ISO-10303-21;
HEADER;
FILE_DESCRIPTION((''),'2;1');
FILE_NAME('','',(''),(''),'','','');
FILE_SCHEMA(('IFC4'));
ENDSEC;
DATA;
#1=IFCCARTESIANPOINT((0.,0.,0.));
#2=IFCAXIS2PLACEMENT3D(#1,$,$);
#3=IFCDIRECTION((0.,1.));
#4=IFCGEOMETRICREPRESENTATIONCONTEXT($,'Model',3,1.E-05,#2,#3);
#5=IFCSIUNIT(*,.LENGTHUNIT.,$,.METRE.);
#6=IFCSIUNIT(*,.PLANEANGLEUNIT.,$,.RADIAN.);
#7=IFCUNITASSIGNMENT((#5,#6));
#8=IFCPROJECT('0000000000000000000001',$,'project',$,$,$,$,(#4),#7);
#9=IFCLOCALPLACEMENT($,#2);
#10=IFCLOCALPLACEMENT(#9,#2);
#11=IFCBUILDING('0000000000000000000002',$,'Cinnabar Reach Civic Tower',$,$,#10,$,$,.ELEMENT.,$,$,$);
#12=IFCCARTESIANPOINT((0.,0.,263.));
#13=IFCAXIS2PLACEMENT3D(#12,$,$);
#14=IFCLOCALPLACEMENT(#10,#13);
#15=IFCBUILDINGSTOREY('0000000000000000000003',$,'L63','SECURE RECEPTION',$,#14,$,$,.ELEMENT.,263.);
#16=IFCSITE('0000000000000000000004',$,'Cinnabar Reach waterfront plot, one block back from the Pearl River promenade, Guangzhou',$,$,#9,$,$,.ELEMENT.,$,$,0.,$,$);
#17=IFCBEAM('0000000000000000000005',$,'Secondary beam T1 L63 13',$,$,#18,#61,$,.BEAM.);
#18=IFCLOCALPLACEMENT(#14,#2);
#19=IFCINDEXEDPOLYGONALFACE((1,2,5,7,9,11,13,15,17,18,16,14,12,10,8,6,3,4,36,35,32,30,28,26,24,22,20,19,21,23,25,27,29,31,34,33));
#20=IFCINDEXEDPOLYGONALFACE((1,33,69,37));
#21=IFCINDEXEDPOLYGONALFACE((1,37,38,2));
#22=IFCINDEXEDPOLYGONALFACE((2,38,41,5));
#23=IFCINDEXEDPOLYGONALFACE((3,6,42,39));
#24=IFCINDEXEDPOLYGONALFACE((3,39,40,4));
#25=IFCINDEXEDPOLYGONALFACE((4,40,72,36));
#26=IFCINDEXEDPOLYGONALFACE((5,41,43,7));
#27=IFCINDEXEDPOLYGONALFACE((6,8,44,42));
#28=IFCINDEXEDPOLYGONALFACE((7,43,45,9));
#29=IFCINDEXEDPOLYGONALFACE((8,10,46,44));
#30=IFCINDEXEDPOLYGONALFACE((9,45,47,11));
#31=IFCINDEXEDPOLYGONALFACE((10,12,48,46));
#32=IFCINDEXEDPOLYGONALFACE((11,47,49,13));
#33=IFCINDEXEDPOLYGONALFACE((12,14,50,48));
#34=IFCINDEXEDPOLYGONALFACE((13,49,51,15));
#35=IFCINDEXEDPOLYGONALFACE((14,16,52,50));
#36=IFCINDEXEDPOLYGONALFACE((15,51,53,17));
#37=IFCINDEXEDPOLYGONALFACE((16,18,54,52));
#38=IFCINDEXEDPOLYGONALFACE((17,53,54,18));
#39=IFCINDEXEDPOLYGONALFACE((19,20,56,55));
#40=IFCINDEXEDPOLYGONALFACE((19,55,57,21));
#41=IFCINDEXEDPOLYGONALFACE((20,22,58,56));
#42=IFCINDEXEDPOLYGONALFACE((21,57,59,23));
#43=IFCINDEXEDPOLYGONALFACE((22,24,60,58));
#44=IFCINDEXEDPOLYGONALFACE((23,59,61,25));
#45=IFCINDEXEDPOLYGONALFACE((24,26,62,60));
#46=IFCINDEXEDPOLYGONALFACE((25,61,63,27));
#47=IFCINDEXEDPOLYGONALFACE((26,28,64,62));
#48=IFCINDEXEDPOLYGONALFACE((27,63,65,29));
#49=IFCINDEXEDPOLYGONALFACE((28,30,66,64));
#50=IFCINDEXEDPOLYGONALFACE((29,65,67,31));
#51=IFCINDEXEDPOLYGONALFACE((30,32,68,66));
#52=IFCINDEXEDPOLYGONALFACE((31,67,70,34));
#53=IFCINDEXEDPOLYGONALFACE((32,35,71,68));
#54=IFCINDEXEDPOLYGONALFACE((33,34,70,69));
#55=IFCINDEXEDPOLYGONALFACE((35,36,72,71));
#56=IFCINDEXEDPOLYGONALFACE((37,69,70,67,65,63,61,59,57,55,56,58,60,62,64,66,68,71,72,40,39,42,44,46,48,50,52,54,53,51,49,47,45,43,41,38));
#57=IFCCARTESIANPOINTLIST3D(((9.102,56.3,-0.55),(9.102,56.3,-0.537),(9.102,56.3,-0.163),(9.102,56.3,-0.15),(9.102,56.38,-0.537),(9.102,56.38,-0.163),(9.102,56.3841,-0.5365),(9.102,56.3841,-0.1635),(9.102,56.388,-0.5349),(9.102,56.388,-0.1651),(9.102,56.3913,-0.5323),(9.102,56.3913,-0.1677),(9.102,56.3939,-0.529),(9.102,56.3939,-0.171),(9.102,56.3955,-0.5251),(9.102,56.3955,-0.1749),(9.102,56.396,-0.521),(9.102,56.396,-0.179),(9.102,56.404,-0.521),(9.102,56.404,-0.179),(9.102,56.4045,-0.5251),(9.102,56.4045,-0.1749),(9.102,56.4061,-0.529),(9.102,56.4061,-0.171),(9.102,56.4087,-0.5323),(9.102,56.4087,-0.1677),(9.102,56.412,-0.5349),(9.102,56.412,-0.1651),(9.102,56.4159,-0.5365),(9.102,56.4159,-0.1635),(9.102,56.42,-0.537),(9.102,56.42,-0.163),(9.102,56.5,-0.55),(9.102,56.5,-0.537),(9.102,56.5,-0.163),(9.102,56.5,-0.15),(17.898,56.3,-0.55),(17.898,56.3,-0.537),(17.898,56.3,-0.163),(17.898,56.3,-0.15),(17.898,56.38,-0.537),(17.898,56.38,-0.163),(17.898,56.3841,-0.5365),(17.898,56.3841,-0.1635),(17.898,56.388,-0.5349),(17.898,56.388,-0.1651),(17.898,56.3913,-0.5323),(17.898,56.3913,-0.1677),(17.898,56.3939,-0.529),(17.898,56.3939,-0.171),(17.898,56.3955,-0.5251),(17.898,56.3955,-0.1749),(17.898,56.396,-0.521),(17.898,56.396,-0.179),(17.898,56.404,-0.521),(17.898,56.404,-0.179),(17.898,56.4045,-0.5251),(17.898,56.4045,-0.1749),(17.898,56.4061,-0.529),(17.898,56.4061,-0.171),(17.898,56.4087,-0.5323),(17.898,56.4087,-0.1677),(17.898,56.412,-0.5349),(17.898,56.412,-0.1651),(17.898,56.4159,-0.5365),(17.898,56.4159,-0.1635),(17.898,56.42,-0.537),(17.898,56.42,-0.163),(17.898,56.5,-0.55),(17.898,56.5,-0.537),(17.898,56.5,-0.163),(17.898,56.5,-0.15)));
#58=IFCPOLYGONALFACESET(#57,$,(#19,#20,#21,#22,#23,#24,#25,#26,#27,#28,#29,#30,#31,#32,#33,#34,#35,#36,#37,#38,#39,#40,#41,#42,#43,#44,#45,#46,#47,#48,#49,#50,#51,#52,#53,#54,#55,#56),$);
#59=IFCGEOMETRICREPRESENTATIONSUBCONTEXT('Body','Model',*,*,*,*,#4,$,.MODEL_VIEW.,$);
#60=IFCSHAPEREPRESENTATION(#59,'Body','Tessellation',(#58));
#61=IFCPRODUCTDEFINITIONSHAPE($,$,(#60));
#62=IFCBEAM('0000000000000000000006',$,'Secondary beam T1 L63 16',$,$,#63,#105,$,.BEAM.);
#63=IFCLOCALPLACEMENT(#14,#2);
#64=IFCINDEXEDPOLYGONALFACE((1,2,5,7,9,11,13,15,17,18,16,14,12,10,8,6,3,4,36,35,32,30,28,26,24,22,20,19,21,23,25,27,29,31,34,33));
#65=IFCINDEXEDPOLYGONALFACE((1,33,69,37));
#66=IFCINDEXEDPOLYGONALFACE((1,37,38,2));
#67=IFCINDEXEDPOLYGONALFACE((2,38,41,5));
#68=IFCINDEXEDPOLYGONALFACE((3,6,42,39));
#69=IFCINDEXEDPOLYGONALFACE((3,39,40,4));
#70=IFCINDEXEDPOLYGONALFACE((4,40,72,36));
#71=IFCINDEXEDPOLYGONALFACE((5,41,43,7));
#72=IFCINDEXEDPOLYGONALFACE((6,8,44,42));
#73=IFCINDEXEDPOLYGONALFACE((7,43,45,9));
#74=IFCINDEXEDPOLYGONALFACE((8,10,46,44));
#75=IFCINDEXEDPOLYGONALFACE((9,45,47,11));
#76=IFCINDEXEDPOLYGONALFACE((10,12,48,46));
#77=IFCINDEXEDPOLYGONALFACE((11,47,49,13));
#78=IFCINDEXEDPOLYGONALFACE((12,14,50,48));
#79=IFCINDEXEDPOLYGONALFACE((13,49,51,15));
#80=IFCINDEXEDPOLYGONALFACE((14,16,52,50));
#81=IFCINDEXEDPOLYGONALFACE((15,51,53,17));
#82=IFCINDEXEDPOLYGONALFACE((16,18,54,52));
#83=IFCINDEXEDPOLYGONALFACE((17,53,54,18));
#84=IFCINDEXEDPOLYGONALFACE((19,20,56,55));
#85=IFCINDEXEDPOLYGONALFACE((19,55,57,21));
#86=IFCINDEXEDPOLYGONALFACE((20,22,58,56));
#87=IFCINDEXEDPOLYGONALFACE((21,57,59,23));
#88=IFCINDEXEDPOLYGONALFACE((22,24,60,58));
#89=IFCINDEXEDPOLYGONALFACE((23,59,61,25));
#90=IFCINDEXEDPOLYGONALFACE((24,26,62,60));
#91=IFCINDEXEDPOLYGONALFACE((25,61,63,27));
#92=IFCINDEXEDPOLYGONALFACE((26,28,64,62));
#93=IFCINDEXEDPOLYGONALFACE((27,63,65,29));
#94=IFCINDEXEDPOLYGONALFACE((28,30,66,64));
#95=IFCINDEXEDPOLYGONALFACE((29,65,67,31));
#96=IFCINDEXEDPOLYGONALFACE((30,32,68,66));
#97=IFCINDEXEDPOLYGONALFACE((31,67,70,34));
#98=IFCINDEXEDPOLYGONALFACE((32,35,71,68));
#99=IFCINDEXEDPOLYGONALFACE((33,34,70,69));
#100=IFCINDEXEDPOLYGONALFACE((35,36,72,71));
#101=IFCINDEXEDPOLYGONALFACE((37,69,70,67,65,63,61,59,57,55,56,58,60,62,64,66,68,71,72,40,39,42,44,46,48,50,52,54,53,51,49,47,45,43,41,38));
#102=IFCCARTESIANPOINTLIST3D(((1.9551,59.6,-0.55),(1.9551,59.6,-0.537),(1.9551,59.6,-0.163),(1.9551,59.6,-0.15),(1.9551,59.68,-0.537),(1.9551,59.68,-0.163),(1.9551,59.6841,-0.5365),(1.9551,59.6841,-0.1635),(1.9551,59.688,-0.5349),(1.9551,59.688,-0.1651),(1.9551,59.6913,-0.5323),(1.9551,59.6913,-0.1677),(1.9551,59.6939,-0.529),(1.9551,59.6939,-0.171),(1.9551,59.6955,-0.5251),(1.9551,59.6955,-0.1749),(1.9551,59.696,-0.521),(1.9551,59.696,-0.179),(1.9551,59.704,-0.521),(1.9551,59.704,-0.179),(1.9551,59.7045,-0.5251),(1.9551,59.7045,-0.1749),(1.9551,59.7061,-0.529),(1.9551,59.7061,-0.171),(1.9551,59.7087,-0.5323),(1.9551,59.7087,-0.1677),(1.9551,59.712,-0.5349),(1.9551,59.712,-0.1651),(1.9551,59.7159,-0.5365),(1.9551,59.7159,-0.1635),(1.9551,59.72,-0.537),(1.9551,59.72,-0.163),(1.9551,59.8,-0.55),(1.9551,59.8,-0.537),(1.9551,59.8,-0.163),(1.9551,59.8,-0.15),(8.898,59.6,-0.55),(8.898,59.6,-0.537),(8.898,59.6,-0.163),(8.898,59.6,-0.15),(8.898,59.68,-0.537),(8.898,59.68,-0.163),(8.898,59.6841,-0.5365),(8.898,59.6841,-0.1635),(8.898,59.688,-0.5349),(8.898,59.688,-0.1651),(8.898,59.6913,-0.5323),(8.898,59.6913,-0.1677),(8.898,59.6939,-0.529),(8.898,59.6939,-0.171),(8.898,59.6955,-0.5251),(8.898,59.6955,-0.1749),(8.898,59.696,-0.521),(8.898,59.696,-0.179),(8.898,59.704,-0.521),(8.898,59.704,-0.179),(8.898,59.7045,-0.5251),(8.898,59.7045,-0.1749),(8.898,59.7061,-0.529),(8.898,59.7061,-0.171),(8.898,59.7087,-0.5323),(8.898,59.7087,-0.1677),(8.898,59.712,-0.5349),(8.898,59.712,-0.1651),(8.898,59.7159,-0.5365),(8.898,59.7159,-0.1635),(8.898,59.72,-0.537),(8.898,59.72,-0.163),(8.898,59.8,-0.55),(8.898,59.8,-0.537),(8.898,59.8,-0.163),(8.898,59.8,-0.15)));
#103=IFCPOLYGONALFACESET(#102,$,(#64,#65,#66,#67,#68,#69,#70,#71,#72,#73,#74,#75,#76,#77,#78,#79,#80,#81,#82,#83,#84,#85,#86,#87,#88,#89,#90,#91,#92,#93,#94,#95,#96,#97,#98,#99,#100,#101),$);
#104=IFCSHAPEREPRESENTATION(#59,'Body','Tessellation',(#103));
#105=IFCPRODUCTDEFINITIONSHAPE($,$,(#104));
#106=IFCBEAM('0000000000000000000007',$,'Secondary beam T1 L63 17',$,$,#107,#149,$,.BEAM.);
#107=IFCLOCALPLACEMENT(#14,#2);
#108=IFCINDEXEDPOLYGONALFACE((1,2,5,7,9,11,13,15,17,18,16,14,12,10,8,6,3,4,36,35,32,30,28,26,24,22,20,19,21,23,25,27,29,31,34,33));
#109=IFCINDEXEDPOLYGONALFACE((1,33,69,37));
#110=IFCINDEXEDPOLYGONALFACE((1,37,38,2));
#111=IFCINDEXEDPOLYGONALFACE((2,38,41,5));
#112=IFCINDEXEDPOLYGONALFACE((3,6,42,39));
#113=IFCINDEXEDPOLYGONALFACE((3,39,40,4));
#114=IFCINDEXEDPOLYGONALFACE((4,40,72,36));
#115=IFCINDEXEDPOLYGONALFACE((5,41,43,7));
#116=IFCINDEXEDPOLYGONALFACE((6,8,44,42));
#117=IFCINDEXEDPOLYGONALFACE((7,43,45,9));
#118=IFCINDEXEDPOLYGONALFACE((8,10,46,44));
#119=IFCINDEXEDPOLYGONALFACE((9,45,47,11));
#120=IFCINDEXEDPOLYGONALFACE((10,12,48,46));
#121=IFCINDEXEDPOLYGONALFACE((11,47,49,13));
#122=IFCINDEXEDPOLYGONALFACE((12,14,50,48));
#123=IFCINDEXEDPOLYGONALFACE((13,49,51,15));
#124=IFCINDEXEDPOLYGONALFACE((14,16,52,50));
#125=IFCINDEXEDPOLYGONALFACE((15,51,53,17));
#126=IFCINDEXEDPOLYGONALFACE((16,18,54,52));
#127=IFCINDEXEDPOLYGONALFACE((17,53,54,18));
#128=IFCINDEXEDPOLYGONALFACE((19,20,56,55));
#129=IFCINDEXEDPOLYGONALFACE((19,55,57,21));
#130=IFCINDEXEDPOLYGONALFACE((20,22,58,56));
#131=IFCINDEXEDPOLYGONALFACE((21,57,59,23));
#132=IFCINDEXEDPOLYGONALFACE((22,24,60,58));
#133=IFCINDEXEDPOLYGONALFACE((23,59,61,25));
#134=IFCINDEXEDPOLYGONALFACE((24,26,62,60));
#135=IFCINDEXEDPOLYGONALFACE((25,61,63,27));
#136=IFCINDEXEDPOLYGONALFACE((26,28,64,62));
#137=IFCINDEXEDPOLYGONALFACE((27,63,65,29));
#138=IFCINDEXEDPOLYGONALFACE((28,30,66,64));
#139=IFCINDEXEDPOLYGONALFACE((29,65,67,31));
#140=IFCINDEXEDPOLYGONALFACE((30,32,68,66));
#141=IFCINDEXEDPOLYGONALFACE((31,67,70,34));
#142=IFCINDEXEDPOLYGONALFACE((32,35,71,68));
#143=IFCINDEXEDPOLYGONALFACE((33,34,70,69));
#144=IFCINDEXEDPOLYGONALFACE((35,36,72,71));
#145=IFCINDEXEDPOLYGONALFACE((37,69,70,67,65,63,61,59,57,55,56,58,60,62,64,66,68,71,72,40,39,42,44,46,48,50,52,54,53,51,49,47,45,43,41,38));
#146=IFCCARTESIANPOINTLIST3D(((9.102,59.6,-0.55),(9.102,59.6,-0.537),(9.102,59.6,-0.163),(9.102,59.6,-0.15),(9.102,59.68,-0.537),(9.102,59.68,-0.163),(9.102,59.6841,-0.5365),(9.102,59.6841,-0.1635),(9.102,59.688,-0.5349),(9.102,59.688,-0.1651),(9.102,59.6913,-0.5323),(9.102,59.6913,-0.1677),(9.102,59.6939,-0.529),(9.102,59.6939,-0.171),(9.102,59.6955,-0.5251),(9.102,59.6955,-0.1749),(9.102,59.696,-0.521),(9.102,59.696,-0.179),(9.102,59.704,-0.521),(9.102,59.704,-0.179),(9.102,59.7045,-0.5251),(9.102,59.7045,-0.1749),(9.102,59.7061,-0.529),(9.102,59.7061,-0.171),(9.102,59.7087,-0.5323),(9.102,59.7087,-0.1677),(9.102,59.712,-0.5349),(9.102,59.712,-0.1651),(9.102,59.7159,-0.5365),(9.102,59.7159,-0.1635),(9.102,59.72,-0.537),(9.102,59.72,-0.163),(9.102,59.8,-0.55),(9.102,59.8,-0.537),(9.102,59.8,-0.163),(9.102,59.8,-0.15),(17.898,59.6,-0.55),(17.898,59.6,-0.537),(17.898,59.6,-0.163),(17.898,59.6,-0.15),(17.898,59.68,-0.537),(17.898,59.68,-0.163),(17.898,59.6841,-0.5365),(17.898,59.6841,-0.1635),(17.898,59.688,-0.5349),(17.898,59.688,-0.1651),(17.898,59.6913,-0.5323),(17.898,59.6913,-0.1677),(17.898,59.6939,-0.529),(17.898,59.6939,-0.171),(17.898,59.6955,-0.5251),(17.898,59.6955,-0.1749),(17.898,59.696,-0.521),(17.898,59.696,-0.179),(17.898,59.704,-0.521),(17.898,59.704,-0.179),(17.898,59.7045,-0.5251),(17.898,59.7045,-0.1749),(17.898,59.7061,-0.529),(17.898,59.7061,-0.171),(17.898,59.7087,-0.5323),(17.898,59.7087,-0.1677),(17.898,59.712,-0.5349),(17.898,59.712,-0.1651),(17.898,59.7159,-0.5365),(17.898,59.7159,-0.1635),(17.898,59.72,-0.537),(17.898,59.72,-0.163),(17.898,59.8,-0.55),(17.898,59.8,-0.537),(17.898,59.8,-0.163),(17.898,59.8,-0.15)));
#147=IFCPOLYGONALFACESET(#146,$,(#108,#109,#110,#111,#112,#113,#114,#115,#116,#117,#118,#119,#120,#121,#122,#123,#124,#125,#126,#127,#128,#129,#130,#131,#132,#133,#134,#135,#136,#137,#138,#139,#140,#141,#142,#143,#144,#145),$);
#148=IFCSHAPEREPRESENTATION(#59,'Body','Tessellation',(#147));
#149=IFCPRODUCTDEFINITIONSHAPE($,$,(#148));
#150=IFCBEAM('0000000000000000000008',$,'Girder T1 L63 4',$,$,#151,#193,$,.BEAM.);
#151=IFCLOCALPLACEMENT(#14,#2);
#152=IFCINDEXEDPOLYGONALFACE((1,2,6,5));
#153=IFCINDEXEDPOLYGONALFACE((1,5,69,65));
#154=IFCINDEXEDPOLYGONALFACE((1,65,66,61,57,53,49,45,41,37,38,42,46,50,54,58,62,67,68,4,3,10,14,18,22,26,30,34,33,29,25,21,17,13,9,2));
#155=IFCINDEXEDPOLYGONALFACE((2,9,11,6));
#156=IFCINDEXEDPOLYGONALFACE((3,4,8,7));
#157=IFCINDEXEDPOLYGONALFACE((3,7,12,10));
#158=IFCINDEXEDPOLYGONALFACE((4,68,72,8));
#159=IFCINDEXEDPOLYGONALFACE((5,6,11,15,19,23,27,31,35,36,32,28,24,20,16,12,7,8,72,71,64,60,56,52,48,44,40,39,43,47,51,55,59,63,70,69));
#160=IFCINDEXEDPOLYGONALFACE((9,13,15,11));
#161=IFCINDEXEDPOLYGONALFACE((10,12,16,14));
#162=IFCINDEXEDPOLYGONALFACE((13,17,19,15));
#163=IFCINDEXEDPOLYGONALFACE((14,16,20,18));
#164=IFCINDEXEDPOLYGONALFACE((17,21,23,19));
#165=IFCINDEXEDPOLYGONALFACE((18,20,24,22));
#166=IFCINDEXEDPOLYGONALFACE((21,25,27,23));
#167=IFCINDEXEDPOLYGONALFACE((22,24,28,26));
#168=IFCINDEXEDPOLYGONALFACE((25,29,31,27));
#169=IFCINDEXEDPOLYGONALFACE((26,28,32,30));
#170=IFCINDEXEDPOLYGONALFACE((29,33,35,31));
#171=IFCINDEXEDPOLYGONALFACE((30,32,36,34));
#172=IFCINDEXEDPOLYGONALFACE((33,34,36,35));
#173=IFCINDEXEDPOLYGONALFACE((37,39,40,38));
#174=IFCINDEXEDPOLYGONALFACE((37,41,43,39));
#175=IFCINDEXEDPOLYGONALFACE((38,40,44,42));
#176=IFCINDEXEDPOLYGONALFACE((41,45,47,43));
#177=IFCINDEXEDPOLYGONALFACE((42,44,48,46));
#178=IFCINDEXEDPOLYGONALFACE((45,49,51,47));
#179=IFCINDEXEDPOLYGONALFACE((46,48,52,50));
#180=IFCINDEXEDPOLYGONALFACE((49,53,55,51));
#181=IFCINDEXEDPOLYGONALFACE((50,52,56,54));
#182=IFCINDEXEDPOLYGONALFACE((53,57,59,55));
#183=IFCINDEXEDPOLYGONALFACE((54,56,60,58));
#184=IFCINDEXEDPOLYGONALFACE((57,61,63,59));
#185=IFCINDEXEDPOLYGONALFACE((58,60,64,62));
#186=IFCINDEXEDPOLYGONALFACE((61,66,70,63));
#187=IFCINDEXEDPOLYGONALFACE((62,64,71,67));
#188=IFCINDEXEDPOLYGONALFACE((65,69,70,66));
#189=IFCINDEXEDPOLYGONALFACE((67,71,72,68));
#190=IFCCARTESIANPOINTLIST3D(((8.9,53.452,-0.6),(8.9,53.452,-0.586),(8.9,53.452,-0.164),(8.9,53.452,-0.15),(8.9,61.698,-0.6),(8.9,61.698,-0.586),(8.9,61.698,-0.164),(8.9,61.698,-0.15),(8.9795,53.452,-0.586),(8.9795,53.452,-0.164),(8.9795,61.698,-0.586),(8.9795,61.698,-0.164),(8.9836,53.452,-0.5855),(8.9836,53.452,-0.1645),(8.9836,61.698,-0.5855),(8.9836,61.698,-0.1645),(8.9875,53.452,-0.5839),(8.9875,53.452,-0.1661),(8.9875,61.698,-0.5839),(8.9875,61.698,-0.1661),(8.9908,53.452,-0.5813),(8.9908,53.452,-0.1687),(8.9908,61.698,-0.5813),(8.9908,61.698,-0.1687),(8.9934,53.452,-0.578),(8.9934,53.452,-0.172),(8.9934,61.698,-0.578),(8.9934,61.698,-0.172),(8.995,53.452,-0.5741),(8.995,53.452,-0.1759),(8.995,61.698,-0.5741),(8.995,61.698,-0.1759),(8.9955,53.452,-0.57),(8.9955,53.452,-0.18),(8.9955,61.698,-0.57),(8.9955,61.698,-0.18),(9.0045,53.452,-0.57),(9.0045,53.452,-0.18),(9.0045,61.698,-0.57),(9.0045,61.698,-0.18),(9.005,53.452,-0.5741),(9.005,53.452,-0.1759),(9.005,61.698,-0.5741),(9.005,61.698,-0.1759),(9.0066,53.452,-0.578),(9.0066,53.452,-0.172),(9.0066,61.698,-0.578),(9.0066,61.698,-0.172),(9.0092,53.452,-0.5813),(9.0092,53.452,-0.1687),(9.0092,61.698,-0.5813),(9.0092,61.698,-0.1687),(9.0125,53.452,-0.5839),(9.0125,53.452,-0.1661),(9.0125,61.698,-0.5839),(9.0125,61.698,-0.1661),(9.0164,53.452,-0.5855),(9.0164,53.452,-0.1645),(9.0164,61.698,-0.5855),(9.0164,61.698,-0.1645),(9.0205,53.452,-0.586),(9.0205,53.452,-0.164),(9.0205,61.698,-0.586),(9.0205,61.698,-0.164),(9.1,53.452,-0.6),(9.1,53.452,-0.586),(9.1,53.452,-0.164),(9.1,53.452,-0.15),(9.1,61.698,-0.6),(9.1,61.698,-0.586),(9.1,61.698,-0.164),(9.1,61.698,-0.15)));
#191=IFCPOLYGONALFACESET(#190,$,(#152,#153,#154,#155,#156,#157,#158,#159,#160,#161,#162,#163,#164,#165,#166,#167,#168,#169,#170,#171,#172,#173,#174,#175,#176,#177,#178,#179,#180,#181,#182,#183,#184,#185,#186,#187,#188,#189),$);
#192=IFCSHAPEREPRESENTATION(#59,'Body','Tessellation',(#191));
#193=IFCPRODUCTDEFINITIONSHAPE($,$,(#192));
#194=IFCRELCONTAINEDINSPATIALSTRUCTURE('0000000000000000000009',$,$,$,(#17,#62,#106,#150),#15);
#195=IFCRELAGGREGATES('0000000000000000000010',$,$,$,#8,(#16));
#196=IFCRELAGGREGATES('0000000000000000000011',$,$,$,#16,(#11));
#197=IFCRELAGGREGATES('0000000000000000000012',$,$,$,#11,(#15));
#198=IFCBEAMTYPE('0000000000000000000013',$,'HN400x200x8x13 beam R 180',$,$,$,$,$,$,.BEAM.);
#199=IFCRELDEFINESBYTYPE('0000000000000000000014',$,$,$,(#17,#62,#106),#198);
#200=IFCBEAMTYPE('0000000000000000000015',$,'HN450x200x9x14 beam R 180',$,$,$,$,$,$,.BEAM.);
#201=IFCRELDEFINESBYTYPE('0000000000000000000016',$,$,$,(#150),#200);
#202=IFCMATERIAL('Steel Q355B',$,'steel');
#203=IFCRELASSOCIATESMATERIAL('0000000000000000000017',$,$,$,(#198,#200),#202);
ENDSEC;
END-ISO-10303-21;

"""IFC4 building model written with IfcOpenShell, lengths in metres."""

from ifc_helpers import new_model, si_unit, direction, frame, origin, origin_2d, place, context, subcontext, project, spatial, i_section, extrude, material, material_profile, profile_set, type_object, element, save


model = new_model("IFC4")

# Units and contexts
model_context = context("Model", 3, precision=1e-05, world=origin(), true_north=direction((0.0, 1.0)))
body_context = subcontext(model_context, "Body", "Model", "MODEL_VIEW")
ifc_project = project(units=[si_unit("LENGTHUNIT", "METRE"), si_unit("PLANEANGLEUNIT", "RADIAN")], contexts=[model_context])

# Site, building, storey
site_placement = place(None, origin())
site = spatial("IfcSite", under=ifc_project, at=site_placement, Name="Cinnabar Reach waterfront plot, one block back from the Pearl River promenade, Guangzhou", CompositionType="ELEMENT", RefElevation=0.0)
building_placement = place(site_placement, origin())
building = spatial("IfcBuilding", under=site, at=building_placement, Name="Cinnabar Reach Civic Tower", CompositionType="ELEMENT")
storey_placement = place(building_placement, frame((0.0, 0.0, 263.0)))
storey = spatial("IfcBuildingStorey", under=building, at=storey_placement, Name="L63", Description="SECURE RECEPTION", CompositionType="ELEMENT", Elevation=263.0)

# Beams
ifc_material_1 = material(Name="Steel Q355B", Category="steel")
ifc_material_profile_1 = material_profile(ifc_material_1, i_section(OverallWidth=0.2, OverallDepth=0.4, WebThickness=0.008, FlangeThickness=0.013, FilletRadius=0.016, at=origin_2d()), Name="HN400x200x8x13")
ifc_profile_set_1 = profile_set([ifc_material_profile_1], Name="Steel Q355B")
beam_type_1 = type_object("IfcBeamType", Name="HN400x200x8x13 beam R 180", PredefinedType="BEAM", material=ifc_profile_set_1)
beam_1_placement = place(storey_placement, frame((9.102, 56.4, -0.35), z_axis=(1.0, 0.0, 0.0), x_axis=(0.0, 1.0, 0.0)))
element("IfcBeam", 1, at=beam_1_placement, inside=storey, type_object=beam_type_1, Name="Secondary beam T1 L63 13", PredefinedType="BEAM", context=body_context, shape_type="SweptSolid", body=[
    extrude(i_section(OverallWidth=0.2, OverallDepth=0.4, WebThickness=0.008, FlangeThickness=0.013, FilletRadius=0.016, at=origin_2d()), origin(), (0.0, 0.0, 1.0), 8.796),
])
beam_2_placement = place(storey_placement, frame((1.9551, 59.7, -0.35), z_axis=(1.0, 0.0, 0.0), x_axis=(0.0, 1.0, 0.0)))
element("IfcBeam", 2, at=beam_2_placement, inside=storey, type_object=beam_type_1, Name="Secondary beam T1 L63 16", PredefinedType="BEAM", context=body_context, shape_type="SweptSolid", body=[
    extrude(i_section(OverallWidth=0.2, OverallDepth=0.4, WebThickness=0.008, FlangeThickness=0.013, FilletRadius=0.016, at=origin_2d()), origin(), (0.0, 0.0, 1.0), 6.9429),
])
beam_3_placement = place(storey_placement, frame((9.102, 59.7, -0.35), z_axis=(1.0, 0.0, 0.0), x_axis=(0.0, 1.0, 0.0)))
element("IfcBeam", 3, at=beam_3_placement, inside=storey, type_object=beam_type_1, Name="Secondary beam T1 L63 17", PredefinedType="BEAM", context=body_context, shape_type="SweptSolid", body=[
    extrude(i_section(OverallWidth=0.2, OverallDepth=0.4, WebThickness=0.008, FlangeThickness=0.013, FilletRadius=0.016, at=origin_2d()), origin(), (0.0, 0.0, 1.0), 8.796),
])
ifc_material_profile_2 = material_profile(ifc_material_1, i_section(OverallWidth=0.2, OverallDepth=0.45, WebThickness=0.009, FlangeThickness=0.014, FilletRadius=0.016, at=origin_2d()), Name="HN450x200x9x14")
ifc_profile_set_2 = profile_set([ifc_material_profile_2], Name="Steel Q355B")
beam_type_2 = type_object("IfcBeamType", Name="HN450x200x9x14 beam R 180", PredefinedType="BEAM", material=ifc_profile_set_2)
beam_4_placement = place(storey_placement, frame((9.0, 53.452, -0.375), z_axis=(0.0, 1.0, 0.0), x_axis=(-1.0, 0.0, 0.0)))
element("IfcBeam", 4, at=beam_4_placement, inside=storey, type_object=beam_type_2, Name="Girder T1 L63 4", PredefinedType="BEAM", context=body_context, shape_type="SweptSolid", body=[
    extrude(i_section(OverallWidth=0.2, OverallDepth=0.45, WebThickness=0.009, FlangeThickness=0.014, FilletRadius=0.016, at=origin_2d()), origin(), (0.0, 0.0, 1.0), 8.246),
])

save(model, "model.ifc")
